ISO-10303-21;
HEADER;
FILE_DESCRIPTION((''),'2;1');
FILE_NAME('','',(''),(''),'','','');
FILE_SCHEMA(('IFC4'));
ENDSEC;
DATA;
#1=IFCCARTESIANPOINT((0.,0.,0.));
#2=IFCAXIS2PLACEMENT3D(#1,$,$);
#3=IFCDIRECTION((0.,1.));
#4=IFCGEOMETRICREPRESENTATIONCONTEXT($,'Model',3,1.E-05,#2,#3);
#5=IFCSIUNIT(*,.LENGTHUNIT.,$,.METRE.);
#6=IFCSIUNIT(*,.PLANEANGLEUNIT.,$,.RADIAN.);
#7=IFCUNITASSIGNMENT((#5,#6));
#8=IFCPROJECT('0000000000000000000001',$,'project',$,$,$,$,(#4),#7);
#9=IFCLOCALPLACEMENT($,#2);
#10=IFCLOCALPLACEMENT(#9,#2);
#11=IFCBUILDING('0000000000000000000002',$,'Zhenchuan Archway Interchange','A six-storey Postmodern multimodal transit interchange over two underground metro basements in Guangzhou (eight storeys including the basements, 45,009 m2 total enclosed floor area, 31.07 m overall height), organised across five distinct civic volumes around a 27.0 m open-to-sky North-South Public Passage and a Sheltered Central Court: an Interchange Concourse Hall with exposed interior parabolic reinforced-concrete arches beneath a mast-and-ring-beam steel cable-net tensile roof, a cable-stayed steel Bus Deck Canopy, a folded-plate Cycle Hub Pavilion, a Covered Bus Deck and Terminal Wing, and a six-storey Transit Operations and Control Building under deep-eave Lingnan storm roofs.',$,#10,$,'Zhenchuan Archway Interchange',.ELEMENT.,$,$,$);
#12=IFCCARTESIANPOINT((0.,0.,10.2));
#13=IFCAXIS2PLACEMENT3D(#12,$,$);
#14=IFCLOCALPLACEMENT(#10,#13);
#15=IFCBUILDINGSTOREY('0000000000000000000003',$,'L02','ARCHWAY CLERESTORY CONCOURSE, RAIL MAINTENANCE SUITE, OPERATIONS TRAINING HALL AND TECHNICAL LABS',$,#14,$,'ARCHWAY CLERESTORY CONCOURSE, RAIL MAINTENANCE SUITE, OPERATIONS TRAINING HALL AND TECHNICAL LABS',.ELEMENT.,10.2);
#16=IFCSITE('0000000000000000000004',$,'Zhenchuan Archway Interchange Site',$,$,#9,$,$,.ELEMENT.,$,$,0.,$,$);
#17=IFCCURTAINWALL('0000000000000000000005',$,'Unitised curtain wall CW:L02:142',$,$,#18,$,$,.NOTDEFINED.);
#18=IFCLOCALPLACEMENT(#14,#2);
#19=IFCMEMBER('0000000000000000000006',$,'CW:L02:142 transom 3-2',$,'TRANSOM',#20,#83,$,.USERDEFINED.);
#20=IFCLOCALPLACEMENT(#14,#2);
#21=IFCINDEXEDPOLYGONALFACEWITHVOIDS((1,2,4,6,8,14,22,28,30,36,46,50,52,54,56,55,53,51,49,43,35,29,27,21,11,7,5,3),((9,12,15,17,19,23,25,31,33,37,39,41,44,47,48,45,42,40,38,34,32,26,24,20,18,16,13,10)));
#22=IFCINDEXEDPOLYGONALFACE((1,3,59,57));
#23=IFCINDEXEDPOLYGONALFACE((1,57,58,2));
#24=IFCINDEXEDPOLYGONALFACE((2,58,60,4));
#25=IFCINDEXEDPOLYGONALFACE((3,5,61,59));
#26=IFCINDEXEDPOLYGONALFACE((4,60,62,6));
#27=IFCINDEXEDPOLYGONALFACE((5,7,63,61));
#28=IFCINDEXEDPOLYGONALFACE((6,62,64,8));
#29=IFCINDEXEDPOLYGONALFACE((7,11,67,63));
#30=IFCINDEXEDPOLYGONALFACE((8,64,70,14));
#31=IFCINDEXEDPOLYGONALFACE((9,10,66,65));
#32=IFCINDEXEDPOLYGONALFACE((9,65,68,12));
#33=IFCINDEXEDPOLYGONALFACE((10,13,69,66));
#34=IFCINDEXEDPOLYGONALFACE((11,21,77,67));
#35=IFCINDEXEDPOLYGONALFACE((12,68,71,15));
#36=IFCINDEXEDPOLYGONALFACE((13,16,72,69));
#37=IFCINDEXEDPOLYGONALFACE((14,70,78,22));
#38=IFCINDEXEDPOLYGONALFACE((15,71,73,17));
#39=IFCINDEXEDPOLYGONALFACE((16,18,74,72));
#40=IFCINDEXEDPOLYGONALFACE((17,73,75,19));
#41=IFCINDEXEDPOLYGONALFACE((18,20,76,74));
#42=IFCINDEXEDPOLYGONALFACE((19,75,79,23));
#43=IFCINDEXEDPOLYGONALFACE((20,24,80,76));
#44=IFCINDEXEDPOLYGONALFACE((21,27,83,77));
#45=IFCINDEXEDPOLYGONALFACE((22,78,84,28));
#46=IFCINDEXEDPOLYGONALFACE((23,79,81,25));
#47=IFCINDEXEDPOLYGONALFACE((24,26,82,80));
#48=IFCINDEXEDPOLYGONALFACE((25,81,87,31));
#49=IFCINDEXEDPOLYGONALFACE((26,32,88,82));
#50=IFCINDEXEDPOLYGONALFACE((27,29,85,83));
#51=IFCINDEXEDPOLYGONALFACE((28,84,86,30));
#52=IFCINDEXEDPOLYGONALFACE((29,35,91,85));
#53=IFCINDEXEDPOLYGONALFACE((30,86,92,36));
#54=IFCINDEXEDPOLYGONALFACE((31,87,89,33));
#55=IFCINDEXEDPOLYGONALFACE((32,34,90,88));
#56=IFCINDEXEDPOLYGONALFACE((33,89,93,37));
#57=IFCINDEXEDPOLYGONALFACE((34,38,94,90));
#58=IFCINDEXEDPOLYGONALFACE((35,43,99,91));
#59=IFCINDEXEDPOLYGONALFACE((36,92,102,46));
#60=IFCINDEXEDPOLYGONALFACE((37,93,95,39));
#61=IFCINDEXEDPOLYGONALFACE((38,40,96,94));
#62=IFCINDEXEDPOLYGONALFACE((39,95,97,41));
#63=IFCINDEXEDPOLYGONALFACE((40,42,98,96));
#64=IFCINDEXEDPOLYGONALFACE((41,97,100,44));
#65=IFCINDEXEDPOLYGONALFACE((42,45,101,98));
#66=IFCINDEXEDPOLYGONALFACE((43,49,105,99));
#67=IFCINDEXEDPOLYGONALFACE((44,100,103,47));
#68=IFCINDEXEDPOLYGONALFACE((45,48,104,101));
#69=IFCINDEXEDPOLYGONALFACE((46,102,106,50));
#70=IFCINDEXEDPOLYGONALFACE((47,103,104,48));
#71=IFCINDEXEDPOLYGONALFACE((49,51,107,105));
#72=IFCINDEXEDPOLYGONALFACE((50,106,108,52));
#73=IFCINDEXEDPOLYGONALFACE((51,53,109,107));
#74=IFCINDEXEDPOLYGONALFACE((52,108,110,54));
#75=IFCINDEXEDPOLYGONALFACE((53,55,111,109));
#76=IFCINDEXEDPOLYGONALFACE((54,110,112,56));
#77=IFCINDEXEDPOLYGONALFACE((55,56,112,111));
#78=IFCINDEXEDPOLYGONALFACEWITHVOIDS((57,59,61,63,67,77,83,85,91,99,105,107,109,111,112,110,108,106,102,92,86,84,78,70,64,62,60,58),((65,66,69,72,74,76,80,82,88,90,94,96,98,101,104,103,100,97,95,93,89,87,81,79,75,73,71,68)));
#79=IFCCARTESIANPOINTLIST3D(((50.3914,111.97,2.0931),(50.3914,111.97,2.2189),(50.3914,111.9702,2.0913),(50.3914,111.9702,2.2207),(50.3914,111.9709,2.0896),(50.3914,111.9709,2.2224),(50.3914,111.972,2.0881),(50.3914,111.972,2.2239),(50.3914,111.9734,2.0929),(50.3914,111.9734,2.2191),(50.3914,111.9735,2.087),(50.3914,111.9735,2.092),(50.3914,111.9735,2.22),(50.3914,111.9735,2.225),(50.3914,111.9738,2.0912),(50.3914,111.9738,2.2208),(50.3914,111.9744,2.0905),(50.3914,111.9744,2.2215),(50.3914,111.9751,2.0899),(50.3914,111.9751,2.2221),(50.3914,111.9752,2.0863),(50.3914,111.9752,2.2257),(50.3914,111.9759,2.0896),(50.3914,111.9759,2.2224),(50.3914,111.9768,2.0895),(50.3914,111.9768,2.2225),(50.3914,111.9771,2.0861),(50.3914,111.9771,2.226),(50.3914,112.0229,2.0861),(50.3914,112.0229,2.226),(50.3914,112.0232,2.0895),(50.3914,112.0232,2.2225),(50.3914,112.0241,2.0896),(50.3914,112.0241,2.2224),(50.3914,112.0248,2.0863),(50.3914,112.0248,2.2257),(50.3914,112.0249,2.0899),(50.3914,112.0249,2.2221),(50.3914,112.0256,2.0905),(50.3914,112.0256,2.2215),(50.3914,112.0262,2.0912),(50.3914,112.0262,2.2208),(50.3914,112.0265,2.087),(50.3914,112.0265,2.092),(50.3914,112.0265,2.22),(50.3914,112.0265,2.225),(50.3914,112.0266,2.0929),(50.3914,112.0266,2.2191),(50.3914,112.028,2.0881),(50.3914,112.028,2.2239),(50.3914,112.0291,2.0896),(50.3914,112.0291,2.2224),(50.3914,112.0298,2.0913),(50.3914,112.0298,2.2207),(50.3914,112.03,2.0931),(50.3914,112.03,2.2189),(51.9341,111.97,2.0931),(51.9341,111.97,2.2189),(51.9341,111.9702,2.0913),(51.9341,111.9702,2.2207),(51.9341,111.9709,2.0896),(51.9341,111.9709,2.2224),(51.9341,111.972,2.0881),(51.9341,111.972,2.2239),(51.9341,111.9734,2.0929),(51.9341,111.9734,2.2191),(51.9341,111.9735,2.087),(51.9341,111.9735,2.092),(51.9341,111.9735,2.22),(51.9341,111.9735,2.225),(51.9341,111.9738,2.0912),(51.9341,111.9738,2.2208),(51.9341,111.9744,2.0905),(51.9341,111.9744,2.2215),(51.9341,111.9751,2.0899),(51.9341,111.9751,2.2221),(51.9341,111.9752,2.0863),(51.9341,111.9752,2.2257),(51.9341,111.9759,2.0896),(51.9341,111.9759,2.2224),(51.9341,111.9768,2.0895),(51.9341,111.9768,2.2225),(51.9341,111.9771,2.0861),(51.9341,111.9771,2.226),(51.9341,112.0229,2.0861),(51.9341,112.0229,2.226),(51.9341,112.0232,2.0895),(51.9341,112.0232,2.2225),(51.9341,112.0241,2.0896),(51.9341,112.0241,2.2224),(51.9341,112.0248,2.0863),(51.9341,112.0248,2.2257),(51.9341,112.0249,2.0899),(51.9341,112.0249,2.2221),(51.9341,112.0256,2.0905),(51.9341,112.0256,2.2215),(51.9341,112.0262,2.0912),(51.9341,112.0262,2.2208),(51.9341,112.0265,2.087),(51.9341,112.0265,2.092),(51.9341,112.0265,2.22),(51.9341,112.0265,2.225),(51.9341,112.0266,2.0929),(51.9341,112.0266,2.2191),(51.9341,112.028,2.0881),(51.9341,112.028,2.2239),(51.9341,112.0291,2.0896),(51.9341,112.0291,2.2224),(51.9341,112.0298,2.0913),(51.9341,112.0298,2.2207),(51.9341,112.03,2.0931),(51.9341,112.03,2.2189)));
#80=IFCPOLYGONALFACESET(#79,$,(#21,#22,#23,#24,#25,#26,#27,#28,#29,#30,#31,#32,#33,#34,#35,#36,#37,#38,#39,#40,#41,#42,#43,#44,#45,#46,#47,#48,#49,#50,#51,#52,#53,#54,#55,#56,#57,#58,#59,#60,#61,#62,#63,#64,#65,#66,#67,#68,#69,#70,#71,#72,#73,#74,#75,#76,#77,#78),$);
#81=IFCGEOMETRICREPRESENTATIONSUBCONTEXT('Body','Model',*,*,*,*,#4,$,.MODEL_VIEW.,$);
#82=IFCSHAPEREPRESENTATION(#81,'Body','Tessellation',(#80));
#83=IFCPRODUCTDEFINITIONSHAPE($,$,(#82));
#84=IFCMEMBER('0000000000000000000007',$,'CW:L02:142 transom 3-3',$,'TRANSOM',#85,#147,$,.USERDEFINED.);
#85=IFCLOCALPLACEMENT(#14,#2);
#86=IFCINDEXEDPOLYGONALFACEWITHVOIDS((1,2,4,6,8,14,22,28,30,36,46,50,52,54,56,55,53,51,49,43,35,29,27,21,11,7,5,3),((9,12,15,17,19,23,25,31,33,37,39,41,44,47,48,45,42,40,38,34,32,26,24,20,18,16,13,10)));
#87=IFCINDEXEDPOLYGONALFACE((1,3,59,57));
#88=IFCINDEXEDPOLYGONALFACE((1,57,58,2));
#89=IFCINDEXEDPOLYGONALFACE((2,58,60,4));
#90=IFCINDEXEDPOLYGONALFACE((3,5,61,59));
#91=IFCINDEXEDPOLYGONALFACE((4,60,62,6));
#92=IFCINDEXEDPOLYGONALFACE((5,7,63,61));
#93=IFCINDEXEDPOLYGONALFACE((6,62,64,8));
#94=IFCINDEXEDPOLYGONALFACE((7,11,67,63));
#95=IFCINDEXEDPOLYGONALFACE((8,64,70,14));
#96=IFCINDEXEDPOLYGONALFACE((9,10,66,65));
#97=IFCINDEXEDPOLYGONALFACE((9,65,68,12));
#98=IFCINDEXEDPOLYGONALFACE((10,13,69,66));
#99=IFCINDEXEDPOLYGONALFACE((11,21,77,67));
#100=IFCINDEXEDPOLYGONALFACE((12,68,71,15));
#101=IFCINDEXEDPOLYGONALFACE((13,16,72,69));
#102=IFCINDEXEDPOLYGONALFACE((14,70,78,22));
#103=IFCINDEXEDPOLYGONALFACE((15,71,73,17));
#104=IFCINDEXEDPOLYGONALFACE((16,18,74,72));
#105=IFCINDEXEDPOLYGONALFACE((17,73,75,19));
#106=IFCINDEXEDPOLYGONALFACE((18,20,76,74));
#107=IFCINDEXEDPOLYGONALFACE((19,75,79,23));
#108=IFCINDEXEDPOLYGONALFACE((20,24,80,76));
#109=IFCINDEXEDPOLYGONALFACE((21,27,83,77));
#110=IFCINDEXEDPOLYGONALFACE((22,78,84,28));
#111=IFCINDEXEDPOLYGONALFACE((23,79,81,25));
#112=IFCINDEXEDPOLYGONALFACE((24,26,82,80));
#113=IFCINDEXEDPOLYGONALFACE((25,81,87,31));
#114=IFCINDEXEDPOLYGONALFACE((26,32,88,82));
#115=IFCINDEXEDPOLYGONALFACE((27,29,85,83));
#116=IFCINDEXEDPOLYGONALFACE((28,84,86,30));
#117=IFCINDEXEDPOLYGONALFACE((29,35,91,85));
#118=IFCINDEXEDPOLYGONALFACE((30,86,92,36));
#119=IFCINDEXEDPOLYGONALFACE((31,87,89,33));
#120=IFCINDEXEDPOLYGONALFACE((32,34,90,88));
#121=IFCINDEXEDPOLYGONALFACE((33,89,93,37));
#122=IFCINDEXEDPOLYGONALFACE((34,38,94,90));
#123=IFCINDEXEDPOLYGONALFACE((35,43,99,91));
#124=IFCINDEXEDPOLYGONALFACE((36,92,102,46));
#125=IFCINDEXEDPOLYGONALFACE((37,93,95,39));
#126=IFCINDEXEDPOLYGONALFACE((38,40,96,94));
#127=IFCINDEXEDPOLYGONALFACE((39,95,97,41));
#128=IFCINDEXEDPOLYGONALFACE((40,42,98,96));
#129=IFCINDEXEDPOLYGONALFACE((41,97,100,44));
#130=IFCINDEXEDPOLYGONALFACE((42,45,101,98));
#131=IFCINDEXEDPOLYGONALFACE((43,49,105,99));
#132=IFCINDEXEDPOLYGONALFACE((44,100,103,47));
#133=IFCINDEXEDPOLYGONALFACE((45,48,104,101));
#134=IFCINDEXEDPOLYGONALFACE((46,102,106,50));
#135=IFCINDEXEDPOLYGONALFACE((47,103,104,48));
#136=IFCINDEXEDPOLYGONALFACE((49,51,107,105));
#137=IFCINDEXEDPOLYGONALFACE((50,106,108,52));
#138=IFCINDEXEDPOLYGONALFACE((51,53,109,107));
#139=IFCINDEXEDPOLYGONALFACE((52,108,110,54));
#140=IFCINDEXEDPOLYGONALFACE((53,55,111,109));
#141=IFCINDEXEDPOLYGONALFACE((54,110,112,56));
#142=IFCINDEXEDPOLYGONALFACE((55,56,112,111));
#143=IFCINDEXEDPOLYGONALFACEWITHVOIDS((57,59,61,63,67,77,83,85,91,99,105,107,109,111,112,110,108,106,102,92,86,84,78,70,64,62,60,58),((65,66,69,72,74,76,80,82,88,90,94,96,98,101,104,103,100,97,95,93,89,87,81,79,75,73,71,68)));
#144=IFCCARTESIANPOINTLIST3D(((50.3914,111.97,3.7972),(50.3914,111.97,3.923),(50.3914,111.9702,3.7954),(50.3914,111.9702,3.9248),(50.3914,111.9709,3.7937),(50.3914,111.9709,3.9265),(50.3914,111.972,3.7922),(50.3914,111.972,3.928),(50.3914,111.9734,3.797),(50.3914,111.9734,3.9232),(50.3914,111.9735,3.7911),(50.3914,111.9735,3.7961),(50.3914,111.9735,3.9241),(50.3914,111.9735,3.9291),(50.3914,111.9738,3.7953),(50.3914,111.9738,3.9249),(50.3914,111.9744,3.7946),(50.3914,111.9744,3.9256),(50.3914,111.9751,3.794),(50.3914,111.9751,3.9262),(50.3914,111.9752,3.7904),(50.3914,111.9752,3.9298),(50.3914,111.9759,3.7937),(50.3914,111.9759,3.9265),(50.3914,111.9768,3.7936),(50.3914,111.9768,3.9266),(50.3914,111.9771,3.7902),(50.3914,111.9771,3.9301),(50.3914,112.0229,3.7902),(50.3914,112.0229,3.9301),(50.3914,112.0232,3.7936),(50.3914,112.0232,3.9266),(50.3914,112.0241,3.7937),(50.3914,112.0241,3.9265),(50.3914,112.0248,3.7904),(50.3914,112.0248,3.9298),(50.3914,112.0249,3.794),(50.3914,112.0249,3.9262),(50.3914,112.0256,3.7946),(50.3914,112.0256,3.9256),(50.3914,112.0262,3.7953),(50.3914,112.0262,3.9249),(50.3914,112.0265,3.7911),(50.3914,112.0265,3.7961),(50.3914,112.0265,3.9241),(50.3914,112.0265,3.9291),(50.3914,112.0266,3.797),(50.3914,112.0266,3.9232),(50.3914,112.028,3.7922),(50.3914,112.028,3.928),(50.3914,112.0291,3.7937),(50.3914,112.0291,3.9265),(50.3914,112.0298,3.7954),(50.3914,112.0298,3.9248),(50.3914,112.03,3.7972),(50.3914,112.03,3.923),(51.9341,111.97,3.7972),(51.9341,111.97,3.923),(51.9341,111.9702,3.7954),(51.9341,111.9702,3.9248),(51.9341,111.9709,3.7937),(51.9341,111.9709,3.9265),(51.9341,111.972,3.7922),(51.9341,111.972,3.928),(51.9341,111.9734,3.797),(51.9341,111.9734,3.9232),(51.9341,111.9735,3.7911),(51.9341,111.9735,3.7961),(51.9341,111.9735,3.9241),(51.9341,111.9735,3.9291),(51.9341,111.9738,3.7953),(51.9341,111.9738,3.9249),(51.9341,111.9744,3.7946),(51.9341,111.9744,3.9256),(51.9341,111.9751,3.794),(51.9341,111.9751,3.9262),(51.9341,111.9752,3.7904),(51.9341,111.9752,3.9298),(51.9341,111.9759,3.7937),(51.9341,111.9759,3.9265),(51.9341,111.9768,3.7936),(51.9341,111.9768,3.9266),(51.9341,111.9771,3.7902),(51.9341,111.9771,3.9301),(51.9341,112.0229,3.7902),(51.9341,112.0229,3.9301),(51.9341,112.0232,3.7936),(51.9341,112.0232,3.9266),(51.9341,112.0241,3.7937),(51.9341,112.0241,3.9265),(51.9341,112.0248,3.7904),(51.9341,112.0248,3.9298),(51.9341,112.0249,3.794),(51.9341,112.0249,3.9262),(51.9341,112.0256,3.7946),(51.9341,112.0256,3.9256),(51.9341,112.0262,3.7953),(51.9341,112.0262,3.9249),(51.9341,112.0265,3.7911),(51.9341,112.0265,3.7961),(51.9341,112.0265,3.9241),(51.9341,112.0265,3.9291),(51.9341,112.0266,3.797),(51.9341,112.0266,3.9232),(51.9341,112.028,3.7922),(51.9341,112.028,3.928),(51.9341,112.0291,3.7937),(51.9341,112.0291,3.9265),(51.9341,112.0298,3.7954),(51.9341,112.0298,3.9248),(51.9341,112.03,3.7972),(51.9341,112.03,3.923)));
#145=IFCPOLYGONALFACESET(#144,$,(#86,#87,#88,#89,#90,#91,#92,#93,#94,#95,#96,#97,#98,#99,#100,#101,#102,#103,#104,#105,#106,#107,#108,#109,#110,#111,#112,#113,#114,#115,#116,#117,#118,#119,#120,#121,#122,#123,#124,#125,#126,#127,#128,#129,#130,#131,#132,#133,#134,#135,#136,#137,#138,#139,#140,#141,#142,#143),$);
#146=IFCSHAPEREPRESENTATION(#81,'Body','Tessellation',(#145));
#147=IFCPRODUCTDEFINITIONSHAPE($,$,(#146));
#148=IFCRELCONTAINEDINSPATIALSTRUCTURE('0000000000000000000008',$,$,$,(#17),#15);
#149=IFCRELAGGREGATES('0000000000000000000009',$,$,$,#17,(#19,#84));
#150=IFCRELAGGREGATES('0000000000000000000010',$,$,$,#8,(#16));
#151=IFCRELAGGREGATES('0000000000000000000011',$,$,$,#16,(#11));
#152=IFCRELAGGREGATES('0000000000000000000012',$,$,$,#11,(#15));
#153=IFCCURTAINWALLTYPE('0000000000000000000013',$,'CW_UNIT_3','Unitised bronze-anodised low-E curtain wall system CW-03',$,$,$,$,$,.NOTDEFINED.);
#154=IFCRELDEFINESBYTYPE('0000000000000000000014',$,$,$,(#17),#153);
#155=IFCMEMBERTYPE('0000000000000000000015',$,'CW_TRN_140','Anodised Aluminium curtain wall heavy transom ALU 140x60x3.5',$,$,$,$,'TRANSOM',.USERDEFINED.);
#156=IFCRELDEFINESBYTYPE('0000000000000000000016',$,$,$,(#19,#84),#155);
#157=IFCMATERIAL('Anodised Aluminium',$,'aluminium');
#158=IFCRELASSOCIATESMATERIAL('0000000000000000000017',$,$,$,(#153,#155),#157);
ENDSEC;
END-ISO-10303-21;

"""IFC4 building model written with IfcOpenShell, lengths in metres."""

from ifc_helpers import new_model, si_unit, direction, frame, origin, origin_2d, place, context, subcontext, project, spatial, hollow_rectangle, extrude, material, material_profile, profile_set, type_object, element, aggregate, save


model = new_model("IFC4")

# Units and contexts
model_context = context("Model", 3, precision=1e-05, world=origin(), true_north=direction((0.0, 1.0)))
body_context = subcontext(model_context, "Body", "Model", "MODEL_VIEW")
ifc_project = project(units=[si_unit("LENGTHUNIT", "METRE"), si_unit("PLANEANGLEUNIT", "RADIAN")], contexts=[model_context])

# Site, building, storey
site_placement = place(None, origin())
site = spatial("IfcSite", under=ifc_project, at=site_placement, Name="Zhenchuan Archway Interchange Site", CompositionType="ELEMENT", RefElevation=0.0)
building_placement = place(site_placement, origin())
building = spatial("IfcBuilding", under=site, at=building_placement, Name="Zhenchuan Archway Interchange", Description="A six-storey Postmodern multimodal transit interchange over two underground metro basements in Guangzhou (eight storeys including the basements, 45,009 m2 total enclosed floor area, 31.07 m overall height), organised across five distinct civic volumes around a 27.0 m open-to-sky North-South Public Passage and a Sheltered Central Court: an Interchange Concourse Hall with exposed interior parabolic reinforced-concrete arches beneath a mast-and-ring-beam steel cable-net tensile roof, a cable-stayed steel Bus Deck Canopy, a folded-plate Cycle Hub Pavilion, a Covered Bus Deck and Terminal Wing, and a six-storey Transit Operations and Control Building under deep-eave Lingnan storm roofs.", LongName="Zhenchuan Archway Interchange", CompositionType="ELEMENT")
storey_placement = place(building_placement, frame((0.0, 0.0, 10.2)))
storey = spatial("IfcBuildingStorey", under=building, at=storey_placement, Name="L02", Description="ARCHWAY CLERESTORY CONCOURSE, RAIL MAINTENANCE SUITE, OPERATIONS TRAINING HALL AND TECHNICAL LABS", LongName="ARCHWAY CLERESTORY CONCOURSE, RAIL MAINTENANCE SUITE, OPERATIONS TRAINING HALL AND TECHNICAL LABS", CompositionType="ELEMENT", Elevation=10.2)

# Curtain wall, members
ifc_material_1 = material(Name="Anodised Aluminium", Category="aluminium")
curtain_wall_type = type_object("IfcCurtainWallType", Name="CW_UNIT_3", Description="Unitised bronze-anodised low-E curtain wall system CW-03", PredefinedType="NOTDEFINED", material=ifc_material_1)
curtain_wall_placement = place(storey_placement, origin())
curtain_wall = element("IfcCurtainWall", 1, at=curtain_wall_placement, inside=storey, type_object=curtain_wall_type, Name="Unitised curtain wall CW:L02:142", PredefinedType="NOTDEFINED")
ifc_material_profile_1 = material_profile(ifc_material_1, hollow_rectangle(XDim=0.0601, YDim=0.1399, WallThickness=0.0034, InnerFilletRadius=0.0034, OuterFilletRadius=0.0071, at=origin_2d()), Name="ALU 140x60x3.5")
ifc_profile_set_1 = profile_set([ifc_material_profile_1], Name="Anodised Aluminium")
member_type_1 = type_object("IfcMemberType", Name="CW_TRN_140", Description="Anodised Aluminium curtain wall heavy transom ALU 140x60x3.5", ElementType="TRANSOM", PredefinedType="USERDEFINED", material=ifc_profile_set_1)
member_1_placement = place(storey_placement, frame((50.3914, 112.0, 2.156), z_axis=(1.0, 0.0, 0.0), x_axis=(0.0, 1.0, 0.0)))
member_1 = element("IfcMember", 2, at=member_1_placement, type_object=member_type_1, Name="CW:L02:142 transom 3-2", ObjectType="TRANSOM", PredefinedType="USERDEFINED", context=body_context, shape_type="SweptSolid", body=[
    extrude(hollow_rectangle(XDim=0.0601, YDim=0.1399, WallThickness=0.0034, InnerFilletRadius=0.0034, OuterFilletRadius=0.0071, at=origin_2d()), origin(), (0.0, 0.0, 1.0), 1.5427),
])
member_2_placement = place(storey_placement, frame((50.3914, 112.0, 3.8601), z_axis=(1.0, 0.0, 0.0), x_axis=(0.0, 1.0, 0.0)))
member_2 = element("IfcMember", 3, at=member_2_placement, type_object=member_type_1, Name="CW:L02:142 transom 3-3", ObjectType="TRANSOM", PredefinedType="USERDEFINED", context=body_context, shape_type="SweptSolid", body=[
    extrude(hollow_rectangle(XDim=0.0601, YDim=0.1399, WallThickness=0.0034, InnerFilletRadius=0.0034, OuterFilletRadius=0.0071, at=origin_2d()), origin(), (0.0, 0.0, 1.0), 1.5427),
])

aggregate(curtain_wall, [member_1, member_2])

save(model, "model.ifc")
